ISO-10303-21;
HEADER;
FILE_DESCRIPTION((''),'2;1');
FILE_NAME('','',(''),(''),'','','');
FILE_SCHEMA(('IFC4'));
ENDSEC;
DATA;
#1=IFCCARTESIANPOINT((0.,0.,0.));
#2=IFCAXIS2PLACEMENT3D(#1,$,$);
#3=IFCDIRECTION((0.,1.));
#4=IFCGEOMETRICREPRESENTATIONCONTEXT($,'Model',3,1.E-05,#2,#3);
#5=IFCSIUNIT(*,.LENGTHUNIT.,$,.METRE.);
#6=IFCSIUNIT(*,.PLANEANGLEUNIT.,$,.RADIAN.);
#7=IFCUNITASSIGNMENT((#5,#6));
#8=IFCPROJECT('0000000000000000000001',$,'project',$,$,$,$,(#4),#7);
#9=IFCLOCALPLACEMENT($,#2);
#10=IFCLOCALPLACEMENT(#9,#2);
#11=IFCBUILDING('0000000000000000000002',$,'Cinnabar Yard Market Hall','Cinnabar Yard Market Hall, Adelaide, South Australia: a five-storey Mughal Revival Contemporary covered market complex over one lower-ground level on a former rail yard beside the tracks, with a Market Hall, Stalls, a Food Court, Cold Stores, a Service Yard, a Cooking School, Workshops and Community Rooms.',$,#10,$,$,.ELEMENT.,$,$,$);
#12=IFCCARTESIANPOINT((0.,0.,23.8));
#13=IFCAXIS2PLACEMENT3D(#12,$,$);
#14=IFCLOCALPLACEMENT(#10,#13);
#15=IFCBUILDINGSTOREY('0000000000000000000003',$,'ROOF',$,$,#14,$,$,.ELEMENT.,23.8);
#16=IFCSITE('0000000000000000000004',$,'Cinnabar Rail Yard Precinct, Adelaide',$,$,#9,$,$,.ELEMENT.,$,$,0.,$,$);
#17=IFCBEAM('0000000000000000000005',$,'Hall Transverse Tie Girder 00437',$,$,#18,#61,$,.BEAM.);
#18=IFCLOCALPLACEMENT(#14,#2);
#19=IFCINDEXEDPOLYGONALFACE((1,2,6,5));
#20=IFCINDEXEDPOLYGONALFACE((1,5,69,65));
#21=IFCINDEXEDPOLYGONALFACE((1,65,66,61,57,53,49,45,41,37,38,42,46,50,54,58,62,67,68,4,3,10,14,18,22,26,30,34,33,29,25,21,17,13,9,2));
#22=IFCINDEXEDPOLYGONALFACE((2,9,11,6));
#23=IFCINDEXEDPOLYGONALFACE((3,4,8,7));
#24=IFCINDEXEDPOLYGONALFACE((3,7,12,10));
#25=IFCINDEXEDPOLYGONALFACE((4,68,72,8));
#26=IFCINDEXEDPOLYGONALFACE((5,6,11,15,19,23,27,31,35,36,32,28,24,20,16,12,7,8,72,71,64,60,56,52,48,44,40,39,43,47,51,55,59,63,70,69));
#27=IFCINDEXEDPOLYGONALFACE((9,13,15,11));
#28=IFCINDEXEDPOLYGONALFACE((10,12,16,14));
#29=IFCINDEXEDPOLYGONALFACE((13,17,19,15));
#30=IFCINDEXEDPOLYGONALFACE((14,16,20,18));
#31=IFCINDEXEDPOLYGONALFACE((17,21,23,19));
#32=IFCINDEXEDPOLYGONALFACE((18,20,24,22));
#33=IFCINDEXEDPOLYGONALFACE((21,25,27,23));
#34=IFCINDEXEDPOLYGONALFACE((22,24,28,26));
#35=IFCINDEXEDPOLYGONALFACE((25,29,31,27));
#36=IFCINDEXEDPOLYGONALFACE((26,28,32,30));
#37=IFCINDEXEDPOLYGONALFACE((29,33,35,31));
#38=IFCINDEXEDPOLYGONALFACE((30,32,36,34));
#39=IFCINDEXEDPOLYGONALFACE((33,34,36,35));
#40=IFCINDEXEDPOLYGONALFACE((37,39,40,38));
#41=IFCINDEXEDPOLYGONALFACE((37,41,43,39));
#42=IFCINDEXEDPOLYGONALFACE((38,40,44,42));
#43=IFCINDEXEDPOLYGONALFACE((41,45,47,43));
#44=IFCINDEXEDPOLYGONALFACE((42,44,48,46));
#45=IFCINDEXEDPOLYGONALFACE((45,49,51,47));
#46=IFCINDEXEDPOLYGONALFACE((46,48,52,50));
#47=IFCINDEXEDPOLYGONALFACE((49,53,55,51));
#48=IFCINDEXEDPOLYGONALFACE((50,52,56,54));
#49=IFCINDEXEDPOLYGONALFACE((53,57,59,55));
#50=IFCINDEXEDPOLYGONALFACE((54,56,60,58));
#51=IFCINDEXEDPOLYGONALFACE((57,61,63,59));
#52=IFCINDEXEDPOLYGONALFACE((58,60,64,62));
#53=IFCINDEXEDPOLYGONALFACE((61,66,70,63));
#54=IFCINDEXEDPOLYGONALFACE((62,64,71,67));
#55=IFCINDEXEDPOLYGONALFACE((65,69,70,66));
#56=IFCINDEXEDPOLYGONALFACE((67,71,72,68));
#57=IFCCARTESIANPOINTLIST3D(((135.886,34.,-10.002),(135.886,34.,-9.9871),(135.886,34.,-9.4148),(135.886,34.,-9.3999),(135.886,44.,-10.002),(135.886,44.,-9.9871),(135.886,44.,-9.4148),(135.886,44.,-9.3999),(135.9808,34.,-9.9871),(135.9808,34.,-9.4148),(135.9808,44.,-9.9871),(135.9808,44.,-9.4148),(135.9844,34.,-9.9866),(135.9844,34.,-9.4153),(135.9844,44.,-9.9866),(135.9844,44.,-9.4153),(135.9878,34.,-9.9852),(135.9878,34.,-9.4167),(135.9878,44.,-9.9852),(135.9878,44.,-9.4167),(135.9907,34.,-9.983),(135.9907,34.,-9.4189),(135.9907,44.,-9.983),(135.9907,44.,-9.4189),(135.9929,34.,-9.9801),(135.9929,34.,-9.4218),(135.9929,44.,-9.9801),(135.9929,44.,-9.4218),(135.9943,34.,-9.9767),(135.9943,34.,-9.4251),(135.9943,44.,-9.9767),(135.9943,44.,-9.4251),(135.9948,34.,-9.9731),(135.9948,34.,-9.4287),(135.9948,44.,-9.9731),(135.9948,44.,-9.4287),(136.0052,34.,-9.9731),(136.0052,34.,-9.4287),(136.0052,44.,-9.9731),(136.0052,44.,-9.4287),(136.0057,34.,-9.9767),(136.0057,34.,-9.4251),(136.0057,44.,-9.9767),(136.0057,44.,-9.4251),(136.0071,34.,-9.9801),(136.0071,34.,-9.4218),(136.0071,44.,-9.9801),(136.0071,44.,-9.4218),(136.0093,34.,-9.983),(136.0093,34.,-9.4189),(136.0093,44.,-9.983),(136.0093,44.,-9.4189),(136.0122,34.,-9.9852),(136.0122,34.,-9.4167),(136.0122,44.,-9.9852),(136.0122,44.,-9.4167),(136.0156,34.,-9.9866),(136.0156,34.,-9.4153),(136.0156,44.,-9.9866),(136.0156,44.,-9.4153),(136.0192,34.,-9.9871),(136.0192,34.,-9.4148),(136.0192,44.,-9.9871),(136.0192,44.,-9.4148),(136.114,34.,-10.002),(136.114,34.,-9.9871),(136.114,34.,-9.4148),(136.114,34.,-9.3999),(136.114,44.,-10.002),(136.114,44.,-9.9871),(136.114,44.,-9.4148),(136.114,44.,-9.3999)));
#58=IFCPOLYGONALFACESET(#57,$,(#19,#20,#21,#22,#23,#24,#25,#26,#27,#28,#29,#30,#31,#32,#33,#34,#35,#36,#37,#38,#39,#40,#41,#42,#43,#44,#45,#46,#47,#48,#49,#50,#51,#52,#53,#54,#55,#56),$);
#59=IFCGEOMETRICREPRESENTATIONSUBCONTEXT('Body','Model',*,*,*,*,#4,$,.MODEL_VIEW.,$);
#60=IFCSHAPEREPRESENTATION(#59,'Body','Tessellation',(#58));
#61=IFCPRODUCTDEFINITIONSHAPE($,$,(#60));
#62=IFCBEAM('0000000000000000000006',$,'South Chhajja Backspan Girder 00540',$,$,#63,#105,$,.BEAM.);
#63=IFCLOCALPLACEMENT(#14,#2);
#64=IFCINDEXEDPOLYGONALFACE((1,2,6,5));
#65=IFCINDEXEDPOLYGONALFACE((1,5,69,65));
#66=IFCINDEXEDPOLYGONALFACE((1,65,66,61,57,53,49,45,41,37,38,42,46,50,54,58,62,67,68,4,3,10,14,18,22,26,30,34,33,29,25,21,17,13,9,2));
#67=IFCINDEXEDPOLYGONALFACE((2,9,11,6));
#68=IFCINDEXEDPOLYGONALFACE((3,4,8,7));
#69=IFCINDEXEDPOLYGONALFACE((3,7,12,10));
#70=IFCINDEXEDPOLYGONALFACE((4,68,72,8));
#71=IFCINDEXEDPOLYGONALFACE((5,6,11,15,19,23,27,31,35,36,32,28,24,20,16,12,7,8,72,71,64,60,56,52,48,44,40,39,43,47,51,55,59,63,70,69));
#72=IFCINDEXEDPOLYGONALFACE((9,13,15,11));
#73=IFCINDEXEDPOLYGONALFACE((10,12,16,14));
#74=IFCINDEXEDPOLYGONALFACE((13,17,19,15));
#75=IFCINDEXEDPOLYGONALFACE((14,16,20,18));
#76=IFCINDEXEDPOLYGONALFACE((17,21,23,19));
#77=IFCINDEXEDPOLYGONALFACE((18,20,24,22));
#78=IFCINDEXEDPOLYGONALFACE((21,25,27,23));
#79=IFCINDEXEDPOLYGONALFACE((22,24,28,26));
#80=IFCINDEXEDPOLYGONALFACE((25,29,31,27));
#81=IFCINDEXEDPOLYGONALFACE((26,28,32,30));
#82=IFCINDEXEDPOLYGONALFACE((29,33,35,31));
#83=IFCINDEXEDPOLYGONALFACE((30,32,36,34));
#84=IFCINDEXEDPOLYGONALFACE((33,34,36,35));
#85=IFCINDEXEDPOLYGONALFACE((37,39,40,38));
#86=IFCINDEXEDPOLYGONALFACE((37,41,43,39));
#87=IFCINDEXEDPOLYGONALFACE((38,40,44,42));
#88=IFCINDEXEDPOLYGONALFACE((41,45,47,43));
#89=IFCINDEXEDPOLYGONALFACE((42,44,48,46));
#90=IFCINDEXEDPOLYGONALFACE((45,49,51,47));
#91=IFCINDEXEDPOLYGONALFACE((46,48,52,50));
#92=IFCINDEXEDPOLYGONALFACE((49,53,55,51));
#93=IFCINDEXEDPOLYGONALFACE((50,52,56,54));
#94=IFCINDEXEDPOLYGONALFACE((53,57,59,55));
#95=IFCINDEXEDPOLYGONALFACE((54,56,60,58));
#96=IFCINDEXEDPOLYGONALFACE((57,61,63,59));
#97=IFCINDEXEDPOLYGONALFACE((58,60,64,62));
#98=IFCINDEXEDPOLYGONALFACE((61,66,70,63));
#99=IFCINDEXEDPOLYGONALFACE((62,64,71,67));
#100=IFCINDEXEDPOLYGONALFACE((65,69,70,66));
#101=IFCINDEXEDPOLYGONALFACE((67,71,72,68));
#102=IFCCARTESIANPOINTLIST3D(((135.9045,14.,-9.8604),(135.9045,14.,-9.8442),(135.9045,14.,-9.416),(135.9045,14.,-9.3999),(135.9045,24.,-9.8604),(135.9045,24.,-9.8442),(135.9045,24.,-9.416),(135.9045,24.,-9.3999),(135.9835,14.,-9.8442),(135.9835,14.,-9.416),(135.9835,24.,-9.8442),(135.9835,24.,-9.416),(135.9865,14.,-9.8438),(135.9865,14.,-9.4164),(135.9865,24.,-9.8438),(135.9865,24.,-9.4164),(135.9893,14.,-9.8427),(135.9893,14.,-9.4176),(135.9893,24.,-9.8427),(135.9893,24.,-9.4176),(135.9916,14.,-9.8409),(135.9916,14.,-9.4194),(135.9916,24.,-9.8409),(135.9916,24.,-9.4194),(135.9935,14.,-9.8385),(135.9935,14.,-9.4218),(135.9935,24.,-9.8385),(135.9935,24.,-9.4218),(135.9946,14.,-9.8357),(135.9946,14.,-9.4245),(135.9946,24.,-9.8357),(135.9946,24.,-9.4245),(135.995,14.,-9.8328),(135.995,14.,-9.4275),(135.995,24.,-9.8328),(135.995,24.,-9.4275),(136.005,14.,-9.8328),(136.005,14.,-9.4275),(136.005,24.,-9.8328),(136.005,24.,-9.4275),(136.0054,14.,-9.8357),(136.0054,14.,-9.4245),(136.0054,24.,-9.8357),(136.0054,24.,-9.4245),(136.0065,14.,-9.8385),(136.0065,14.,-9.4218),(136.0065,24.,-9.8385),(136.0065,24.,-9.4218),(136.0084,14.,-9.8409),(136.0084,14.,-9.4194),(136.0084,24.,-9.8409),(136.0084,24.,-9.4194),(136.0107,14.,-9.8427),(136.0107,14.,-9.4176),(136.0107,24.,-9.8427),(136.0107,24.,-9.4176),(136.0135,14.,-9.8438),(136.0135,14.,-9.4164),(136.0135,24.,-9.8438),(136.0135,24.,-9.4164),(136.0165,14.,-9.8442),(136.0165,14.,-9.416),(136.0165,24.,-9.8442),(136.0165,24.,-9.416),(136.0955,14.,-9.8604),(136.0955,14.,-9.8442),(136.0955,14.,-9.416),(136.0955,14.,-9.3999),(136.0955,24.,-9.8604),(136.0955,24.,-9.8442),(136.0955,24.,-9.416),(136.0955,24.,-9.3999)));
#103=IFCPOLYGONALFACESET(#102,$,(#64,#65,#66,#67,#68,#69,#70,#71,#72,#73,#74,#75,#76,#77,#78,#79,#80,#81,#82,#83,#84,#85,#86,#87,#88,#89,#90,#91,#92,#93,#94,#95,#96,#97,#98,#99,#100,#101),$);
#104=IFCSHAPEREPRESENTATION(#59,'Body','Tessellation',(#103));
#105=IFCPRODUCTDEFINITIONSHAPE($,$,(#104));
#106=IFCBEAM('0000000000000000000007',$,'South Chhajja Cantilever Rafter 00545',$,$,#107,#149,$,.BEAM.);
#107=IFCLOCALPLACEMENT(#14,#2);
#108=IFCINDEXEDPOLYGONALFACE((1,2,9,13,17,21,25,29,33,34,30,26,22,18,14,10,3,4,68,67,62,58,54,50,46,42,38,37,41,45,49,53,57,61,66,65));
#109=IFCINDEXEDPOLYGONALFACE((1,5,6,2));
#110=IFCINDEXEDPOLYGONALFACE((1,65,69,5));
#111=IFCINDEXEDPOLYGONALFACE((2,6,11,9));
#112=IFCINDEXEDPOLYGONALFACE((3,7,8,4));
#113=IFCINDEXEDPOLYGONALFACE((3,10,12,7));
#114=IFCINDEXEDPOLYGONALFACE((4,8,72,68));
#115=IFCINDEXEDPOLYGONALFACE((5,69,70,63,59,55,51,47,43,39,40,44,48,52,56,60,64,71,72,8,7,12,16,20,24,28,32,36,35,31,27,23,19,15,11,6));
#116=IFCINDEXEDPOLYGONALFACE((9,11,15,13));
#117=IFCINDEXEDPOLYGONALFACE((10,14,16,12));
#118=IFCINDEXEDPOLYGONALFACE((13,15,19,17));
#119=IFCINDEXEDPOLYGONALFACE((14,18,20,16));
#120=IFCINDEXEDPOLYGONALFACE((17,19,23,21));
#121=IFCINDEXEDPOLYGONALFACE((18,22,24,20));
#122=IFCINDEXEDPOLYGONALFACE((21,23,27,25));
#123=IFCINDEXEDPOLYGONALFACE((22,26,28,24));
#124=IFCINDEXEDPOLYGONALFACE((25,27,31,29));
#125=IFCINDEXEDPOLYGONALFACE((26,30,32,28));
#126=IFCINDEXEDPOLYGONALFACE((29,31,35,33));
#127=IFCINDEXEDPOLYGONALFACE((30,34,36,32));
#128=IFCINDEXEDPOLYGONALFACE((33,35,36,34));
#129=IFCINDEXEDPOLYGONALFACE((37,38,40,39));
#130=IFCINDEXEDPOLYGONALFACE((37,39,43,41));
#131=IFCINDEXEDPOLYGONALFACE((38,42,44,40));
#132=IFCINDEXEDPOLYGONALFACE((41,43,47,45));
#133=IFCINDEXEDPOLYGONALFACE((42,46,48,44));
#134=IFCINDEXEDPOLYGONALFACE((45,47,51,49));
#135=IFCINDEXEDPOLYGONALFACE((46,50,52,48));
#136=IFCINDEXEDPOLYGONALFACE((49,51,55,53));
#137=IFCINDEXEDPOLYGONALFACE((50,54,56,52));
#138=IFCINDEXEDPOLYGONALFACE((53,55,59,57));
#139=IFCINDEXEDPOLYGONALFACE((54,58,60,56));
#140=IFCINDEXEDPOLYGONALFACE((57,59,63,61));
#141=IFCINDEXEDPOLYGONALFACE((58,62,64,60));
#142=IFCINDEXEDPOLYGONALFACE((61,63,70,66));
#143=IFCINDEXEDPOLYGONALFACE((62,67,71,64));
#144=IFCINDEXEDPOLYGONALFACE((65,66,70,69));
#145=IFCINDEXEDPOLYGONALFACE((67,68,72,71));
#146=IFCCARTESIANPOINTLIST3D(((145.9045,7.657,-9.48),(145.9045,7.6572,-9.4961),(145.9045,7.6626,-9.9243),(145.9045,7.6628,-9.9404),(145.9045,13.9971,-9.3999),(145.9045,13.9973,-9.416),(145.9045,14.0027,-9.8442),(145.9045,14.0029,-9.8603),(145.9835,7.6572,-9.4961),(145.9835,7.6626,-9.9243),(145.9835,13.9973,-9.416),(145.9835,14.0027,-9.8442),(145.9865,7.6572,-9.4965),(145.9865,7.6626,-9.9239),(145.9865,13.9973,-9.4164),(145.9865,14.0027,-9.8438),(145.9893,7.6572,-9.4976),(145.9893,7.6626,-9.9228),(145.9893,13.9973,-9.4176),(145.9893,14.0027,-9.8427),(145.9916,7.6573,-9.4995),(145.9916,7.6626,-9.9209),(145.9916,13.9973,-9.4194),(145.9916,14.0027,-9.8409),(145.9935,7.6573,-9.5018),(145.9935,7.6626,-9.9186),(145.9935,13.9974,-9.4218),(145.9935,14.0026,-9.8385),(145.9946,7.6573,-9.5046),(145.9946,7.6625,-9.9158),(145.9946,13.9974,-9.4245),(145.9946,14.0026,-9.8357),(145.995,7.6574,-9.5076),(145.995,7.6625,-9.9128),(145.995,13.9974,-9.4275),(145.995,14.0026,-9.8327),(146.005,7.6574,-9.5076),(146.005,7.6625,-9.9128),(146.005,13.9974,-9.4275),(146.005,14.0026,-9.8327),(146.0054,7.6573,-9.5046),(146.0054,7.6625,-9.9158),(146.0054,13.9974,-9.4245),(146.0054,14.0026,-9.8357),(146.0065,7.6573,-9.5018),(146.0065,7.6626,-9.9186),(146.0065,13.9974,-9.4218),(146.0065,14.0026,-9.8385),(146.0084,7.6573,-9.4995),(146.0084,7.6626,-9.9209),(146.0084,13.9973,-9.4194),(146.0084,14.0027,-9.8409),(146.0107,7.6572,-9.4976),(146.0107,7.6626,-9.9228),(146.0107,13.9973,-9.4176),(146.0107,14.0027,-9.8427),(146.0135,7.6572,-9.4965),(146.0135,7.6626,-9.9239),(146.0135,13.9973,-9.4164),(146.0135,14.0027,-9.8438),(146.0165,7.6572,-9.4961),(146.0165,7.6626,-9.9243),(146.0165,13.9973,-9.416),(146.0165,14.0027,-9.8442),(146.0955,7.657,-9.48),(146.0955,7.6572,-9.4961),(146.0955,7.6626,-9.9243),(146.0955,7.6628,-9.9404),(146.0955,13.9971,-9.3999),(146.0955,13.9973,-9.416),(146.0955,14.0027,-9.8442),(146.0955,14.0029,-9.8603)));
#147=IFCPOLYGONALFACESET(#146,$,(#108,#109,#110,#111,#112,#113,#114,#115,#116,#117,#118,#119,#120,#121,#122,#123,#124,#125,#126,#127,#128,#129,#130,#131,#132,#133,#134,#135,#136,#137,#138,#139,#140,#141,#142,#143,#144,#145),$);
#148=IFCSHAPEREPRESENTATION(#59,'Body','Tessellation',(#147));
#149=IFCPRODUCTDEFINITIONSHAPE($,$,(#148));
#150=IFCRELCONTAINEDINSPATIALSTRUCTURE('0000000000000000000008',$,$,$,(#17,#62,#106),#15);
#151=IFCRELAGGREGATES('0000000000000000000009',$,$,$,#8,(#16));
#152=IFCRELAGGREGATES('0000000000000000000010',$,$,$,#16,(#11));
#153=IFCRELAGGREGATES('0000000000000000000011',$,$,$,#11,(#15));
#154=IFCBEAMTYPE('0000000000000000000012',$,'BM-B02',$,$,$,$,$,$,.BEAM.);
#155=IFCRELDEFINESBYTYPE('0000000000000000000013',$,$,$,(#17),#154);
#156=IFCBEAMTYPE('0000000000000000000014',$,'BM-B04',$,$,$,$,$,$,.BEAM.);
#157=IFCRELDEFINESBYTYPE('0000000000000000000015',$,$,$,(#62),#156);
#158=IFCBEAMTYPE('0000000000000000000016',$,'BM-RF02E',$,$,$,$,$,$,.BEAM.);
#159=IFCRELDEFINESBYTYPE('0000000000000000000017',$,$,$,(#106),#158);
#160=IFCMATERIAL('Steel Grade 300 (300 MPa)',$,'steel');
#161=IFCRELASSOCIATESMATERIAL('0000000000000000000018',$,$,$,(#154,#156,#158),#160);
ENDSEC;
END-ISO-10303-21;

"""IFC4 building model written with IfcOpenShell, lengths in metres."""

from ifc_helpers import new_model, si_unit, direction, frame, origin, origin_2d_with_axis, place, context, subcontext, project, spatial, i_section, extrude, material, material_profile, profile_set, type_object, element, save


model = new_model("IFC4")

# Units and contexts
model_context = context("Model", 3, precision=1e-05, world=origin(), true_north=direction((0.0, 1.0)))
body_context = subcontext(model_context, "Body", "Model", "MODEL_VIEW")
ifc_project = project(units=[si_unit("LENGTHUNIT", "METRE"), si_unit("PLANEANGLEUNIT", "RADIAN")], contexts=[model_context])

# Site, building, storey
site_placement = place(None, origin())
site = spatial("IfcSite", under=ifc_project, at=site_placement, Name="Cinnabar Rail Yard Precinct, Adelaide", CompositionType="ELEMENT", RefElevation=0.0)
building_placement = place(site_placement, origin())
building = spatial("IfcBuilding", under=site, at=building_placement, Name="Cinnabar Yard Market Hall", Description="Cinnabar Yard Market Hall, Adelaide, South Australia: a five-storey Mughal Revival Contemporary covered market complex over one lower-ground level on a former rail yard beside the tracks, with a Market Hall, Stalls, a Food Court, Cold Stores, a Service Yard, a Cooking School, Workshops and Community Rooms.", CompositionType="ELEMENT")
storey_placement = place(building_placement, frame((0.0, 0.0, 23.8)))
storey = spatial("IfcBuildingStorey", under=building, at=storey_placement, Name="ROOF", CompositionType="ELEMENT", Elevation=23.8)

# Beams
ifc_material_1 = material(Name="Steel Grade 300 (300 MPa)", Category="steel")
ifc_material_profile_1 = material_profile(ifc_material_1, i_section(OverallWidth=0.228, OverallDepth=0.6021, WebThickness=0.0105, FlangeThickness=0.0149, FilletRadius=0.0139, at=origin_2d_with_axis()), Name="610UB101")
ifc_profile_set_1 = profile_set([ifc_material_profile_1], Name="Steel Grade 300 (300 MPa)")
beam_type_1 = type_object("IfcBeamType", Name="BM-B02", PredefinedType="BEAM", material=ifc_profile_set_1)
for number, where, z_axis, x_axis, name in (
    (1, (136.0, 34.0, -9.7009), (0.0, 1.0, 0.0), (-1.0, 0.0, 0.0), "Hall Transverse Tie Girder 00437"),
):
    element("IfcBeam", number, at=place(storey_placement, frame(where, z_axis=z_axis, x_axis=x_axis)), inside=storey, type_object=beam_type_1, Name=name, PredefinedType="BEAM", context=body_context, shape_type="SweptSolid", body=[
        extrude(i_section(OverallWidth=0.228, OverallDepth=0.6021, WebThickness=0.0105, FlangeThickness=0.0149, FilletRadius=0.0139, at=origin_2d_with_axis()), origin(), (0.0, 0.0, 1.0), 10.0),
    ])
ifc_material_profile_2 = material_profile(ifc_material_1, i_section(OverallWidth=0.1909, OverallDepth=0.4604, WebThickness=0.01, FlangeThickness=0.0161, FilletRadius=0.0115, at=origin_2d_with_axis()), Name="460UB82.1")
ifc_profile_set_2 = profile_set([ifc_material_profile_2], Name="Steel Grade 300 (300 MPa)")
beam_type_2 = type_object("IfcBeamType", Name="BM-B04", PredefinedType="BEAM", material=ifc_profile_set_2)
beam_1_placement = place(storey_placement, frame((136.0, 24.0, -9.6301), z_axis=(0.0, -1.0, 0.0), x_axis=(1.0, 0.0, 0.0)))
element("IfcBeam", 2, at=beam_1_placement, inside=storey, type_object=beam_type_2, Name="South Chhajja Backspan Girder 00540", PredefinedType="BEAM", context=body_context, shape_type="SweptSolid", body=[
    extrude(i_section(OverallWidth=0.1909, OverallDepth=0.4604, WebThickness=0.01, FlangeThickness=0.0161, FilletRadius=0.0115, at=origin_2d_with_axis()), origin(), (0.0, 0.0, 1.0), 10.0),
])
ifc_material_profile_3 = material_profile(ifc_material_1, i_section(OverallWidth=0.1909, OverallDepth=0.4604, WebThickness=0.01, FlangeThickness=0.0161, FilletRadius=0.0115, at=origin_2d_with_axis()), Name="460UB82.1")
ifc_profile_set_3 = profile_set([ifc_material_profile_3], Name="Steel Grade 300 (300 MPa)")
beam_type_3 = type_object("IfcBeamType", Name="BM-RF02E", PredefinedType="BEAM", material=ifc_profile_set_3)
beam_2_placement = place(storey_placement, frame((146.0, 14.0, -9.6301), z_axis=(0.0, -0.99992, -0.012629), x_axis=(1.0, 0.0, 0.0)))
element("IfcBeam", 3, at=beam_2_placement, inside=storey, type_object=beam_type_3, Name="South Chhajja Cantilever Rafter 00545", PredefinedType="BEAM", context=body_context, shape_type="SweptSolid", body=[
    extrude(i_section(OverallWidth=0.1909, OverallDepth=0.4604, WebThickness=0.01, FlangeThickness=0.0161, FilletRadius=0.0115, at=origin_2d_with_axis()), origin(), (0.0, 0.0, 1.0), 6.3406),
])

save(model, "model.ifc")
